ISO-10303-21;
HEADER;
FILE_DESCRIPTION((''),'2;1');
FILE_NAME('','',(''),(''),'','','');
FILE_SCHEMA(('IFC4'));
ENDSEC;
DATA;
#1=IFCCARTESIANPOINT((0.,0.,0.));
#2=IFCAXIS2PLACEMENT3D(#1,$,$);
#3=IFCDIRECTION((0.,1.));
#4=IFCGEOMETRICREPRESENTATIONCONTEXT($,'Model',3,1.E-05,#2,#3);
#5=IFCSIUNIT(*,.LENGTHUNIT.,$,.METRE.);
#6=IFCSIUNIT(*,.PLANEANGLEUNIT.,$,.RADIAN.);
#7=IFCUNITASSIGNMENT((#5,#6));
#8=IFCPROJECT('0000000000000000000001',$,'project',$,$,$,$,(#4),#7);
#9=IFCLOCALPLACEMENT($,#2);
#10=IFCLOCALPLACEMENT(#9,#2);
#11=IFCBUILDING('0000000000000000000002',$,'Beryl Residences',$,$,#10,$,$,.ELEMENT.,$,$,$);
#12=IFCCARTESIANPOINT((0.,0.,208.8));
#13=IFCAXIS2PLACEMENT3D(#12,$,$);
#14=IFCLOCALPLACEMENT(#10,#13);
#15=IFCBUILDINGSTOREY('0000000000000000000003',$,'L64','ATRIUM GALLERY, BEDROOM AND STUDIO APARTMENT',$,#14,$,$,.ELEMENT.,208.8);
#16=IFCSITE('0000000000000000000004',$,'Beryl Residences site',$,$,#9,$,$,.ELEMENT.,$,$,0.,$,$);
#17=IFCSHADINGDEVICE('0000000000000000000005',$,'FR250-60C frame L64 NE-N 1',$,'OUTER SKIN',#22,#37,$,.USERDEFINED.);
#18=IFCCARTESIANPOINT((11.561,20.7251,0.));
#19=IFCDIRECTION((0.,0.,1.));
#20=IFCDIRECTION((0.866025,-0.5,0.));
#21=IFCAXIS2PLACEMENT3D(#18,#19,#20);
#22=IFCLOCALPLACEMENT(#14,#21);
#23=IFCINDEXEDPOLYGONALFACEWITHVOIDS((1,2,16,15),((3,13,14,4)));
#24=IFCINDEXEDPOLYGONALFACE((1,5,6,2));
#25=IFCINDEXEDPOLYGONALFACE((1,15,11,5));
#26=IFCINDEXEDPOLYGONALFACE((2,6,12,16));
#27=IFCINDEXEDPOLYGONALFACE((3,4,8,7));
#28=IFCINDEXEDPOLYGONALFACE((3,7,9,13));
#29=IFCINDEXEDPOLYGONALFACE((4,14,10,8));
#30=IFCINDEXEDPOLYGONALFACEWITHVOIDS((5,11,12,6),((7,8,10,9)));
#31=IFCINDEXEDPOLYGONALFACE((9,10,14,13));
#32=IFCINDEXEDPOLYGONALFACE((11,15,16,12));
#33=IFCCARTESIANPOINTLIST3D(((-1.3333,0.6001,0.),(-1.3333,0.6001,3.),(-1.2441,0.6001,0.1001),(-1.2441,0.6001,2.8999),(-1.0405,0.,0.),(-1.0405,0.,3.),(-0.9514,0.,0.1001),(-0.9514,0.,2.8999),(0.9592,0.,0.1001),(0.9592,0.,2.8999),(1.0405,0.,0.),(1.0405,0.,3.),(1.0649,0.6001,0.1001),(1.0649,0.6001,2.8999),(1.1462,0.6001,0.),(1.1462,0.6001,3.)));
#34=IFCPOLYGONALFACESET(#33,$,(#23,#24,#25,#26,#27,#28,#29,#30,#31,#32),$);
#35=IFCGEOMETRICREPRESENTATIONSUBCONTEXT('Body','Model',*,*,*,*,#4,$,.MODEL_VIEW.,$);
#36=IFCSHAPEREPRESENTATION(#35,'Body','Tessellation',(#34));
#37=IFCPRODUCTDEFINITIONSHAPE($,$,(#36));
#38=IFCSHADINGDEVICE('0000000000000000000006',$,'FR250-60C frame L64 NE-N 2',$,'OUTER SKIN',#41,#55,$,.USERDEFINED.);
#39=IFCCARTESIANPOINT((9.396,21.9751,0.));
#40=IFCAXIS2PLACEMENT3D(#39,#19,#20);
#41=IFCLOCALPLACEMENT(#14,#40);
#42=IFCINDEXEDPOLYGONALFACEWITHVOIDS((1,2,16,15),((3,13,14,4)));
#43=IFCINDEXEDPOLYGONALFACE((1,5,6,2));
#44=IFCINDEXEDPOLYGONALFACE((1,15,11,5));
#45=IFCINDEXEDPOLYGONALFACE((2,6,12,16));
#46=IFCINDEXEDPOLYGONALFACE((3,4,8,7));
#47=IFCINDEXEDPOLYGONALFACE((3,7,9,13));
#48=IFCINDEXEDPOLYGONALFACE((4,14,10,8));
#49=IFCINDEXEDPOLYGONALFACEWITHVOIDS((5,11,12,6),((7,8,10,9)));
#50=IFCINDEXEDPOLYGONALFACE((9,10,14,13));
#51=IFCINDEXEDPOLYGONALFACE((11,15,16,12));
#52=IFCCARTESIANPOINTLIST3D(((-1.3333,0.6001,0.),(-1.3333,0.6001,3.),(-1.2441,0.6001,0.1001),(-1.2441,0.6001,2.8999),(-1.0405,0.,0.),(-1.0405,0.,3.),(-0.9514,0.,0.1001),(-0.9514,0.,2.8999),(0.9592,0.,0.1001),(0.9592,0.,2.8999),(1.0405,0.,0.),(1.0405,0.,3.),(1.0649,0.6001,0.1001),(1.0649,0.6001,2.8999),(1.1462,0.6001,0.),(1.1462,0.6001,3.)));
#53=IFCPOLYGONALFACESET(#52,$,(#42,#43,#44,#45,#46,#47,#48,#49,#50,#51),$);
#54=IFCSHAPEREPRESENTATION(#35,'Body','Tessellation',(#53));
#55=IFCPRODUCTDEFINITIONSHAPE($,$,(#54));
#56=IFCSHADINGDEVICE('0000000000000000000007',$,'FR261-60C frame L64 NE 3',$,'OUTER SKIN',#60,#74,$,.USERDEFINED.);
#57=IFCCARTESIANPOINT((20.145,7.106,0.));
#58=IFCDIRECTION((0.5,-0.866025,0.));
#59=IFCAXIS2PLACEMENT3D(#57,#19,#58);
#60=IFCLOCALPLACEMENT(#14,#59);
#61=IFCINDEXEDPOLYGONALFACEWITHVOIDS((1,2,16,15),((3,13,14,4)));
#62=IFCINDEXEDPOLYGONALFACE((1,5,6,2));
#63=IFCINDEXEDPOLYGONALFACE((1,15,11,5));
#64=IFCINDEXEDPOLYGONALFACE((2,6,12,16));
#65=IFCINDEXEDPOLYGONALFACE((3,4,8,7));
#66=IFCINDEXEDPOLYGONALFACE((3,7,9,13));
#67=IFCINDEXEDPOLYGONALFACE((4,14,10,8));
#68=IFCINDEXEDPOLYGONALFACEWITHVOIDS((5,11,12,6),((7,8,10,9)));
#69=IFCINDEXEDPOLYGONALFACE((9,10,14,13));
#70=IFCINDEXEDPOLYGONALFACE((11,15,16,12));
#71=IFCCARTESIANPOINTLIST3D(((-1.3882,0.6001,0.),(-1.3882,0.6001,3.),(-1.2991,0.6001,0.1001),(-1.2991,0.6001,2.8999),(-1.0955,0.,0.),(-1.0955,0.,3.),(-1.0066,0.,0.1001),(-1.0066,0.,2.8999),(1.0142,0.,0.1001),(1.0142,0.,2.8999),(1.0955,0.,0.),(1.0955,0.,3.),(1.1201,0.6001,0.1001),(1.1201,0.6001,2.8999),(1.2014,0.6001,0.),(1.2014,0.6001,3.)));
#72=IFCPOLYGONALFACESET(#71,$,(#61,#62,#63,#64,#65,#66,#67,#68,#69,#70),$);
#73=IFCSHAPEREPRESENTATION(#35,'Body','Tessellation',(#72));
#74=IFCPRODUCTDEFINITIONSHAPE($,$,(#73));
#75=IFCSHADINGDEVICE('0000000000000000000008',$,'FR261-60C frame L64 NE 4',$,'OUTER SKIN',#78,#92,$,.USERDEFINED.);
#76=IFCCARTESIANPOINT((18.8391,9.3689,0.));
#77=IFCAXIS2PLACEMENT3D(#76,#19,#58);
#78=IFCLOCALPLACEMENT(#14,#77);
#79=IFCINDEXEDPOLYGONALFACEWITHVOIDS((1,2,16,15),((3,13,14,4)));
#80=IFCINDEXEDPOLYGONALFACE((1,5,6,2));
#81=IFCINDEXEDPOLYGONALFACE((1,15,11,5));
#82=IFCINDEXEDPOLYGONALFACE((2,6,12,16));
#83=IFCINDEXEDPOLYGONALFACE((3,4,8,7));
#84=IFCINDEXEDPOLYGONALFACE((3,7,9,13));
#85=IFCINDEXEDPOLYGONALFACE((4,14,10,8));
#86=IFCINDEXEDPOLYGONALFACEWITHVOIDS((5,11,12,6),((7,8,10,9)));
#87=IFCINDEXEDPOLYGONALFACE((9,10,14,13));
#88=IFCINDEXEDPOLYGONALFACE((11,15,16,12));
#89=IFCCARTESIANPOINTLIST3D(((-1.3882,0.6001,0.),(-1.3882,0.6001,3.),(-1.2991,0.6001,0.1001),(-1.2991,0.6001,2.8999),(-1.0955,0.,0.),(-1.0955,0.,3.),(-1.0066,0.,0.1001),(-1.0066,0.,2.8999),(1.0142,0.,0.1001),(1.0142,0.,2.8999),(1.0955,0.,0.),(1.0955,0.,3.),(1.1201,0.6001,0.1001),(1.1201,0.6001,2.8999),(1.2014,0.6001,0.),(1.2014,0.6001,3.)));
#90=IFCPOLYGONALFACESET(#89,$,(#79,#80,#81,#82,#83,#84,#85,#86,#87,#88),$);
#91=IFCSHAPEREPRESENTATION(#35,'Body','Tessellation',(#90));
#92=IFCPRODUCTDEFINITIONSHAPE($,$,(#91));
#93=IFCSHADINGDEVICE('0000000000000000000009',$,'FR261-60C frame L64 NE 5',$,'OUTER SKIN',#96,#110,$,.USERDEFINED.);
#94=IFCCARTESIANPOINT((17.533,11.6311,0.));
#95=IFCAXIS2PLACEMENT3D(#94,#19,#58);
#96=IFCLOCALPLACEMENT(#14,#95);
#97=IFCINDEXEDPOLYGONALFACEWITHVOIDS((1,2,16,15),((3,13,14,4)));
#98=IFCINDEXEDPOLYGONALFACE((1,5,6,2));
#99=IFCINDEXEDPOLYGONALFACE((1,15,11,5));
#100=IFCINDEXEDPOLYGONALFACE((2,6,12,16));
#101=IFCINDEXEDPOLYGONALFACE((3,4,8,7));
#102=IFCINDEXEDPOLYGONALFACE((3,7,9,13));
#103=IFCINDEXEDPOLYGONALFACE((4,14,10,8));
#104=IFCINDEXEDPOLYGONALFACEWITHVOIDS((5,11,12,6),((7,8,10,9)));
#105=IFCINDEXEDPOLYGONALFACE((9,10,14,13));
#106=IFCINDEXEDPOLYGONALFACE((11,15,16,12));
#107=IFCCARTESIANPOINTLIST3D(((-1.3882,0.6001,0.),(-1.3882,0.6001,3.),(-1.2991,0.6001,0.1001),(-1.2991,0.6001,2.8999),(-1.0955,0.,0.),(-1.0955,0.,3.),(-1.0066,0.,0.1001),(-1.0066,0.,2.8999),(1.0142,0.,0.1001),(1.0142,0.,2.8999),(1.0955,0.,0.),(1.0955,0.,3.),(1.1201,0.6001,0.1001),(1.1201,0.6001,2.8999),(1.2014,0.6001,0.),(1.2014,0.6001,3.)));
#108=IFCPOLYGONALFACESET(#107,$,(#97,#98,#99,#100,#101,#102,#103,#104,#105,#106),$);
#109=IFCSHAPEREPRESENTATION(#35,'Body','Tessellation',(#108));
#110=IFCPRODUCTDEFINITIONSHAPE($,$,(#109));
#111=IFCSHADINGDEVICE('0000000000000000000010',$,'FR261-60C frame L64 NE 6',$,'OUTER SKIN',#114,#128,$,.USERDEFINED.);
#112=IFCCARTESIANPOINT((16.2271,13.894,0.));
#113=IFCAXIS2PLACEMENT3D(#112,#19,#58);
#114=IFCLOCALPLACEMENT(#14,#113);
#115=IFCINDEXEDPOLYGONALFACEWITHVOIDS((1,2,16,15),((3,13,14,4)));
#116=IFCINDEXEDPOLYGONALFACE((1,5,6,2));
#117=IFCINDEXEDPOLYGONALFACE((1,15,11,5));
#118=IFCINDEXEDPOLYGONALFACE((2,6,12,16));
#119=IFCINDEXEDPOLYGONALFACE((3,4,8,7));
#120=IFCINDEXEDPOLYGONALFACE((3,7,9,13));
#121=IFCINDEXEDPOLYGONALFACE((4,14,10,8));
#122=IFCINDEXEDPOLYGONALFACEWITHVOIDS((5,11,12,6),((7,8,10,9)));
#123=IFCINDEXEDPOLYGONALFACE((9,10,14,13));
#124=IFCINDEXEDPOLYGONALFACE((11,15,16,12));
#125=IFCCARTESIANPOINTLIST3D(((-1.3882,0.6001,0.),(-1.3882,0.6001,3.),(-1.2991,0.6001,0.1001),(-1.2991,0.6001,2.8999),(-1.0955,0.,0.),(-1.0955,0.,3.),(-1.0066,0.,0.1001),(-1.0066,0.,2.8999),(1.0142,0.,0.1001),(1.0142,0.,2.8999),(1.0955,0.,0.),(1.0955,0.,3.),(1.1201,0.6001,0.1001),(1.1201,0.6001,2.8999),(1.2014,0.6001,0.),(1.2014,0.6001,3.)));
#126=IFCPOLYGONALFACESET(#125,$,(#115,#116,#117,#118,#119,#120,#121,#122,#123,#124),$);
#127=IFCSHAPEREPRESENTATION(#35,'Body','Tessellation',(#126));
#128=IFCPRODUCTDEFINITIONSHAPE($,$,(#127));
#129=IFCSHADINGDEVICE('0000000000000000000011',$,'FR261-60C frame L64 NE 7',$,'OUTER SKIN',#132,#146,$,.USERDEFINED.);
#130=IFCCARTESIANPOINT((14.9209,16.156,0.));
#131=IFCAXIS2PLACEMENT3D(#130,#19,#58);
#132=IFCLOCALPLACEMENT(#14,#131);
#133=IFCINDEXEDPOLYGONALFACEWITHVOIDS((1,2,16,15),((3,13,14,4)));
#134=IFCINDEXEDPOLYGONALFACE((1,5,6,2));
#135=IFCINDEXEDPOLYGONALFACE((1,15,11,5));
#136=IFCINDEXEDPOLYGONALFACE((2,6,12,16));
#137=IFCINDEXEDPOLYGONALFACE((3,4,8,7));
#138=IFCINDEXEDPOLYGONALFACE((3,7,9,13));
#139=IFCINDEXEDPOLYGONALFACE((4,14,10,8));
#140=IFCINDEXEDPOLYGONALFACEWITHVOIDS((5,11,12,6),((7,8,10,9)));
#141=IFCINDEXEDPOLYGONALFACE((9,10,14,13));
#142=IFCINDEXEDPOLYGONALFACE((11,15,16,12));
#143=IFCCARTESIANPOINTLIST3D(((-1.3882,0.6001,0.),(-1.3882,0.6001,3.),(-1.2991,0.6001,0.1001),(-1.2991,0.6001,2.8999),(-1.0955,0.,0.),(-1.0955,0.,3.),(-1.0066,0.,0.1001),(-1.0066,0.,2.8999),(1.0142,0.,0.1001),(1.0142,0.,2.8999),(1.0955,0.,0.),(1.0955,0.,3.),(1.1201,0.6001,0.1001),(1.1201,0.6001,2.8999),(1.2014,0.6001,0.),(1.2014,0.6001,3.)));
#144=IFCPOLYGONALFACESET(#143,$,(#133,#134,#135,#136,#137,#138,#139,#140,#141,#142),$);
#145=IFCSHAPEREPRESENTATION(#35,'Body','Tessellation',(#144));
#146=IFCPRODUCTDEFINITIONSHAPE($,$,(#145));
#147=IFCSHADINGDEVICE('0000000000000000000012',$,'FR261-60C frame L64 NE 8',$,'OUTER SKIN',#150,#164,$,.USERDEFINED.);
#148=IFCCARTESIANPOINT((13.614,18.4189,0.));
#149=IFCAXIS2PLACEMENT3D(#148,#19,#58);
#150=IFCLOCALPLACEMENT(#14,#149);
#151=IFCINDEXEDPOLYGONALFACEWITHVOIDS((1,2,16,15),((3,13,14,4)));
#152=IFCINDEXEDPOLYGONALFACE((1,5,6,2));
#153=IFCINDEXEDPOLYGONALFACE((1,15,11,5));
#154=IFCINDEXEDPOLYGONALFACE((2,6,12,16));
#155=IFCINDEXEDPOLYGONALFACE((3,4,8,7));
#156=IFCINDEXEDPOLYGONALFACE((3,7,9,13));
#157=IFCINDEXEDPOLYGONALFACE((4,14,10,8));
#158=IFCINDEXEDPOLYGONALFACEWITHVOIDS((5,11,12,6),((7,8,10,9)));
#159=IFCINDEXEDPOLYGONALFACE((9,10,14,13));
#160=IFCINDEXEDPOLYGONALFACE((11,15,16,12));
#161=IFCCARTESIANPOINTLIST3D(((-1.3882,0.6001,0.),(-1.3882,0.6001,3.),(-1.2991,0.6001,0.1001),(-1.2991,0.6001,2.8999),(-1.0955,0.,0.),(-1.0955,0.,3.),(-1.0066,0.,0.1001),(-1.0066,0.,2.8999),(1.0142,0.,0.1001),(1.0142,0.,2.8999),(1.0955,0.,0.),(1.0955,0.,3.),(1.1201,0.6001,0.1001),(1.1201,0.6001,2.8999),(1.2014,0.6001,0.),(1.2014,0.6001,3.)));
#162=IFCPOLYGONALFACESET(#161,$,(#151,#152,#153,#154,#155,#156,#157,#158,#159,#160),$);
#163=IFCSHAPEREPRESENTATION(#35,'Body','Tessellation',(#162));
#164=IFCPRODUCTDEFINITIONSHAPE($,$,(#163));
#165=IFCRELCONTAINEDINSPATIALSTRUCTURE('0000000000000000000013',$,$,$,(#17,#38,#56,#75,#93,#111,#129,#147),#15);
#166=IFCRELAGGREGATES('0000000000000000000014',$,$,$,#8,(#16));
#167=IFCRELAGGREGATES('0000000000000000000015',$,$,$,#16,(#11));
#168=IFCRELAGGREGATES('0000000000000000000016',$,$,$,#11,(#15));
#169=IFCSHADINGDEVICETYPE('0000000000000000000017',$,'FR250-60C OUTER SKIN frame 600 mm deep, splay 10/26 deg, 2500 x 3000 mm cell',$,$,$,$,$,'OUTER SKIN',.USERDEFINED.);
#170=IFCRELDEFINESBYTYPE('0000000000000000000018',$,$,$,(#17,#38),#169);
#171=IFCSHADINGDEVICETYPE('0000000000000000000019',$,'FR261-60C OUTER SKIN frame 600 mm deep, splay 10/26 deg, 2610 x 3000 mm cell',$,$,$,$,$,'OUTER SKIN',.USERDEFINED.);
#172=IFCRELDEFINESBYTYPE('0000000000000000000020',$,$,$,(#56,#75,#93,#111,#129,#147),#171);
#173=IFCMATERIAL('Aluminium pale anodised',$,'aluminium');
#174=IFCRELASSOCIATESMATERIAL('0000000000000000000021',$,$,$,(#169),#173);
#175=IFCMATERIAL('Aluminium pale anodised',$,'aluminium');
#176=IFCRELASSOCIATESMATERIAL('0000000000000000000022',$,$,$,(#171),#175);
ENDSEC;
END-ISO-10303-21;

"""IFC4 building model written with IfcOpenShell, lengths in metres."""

from ifc_helpers import new_model, entity, si_unit, direction, frame, origin, place, context, subcontext, project, spatial, source, transform, mapped, material, type_object, type_shapes, element, save


model = new_model("IFC4")

# Units and contexts
model_context = context("Model", 3, precision=1e-05, world=origin(), true_north=direction((0.0, 1.0)))
body_context = subcontext(model_context, "Body", "Model", "MODEL_VIEW")
ifc_project = project(units=[si_unit("LENGTHUNIT", "METRE"), si_unit("PLANEANGLEUNIT", "RADIAN")], contexts=[model_context])

# Site, building, storey
site_placement = place(None, origin())
site = spatial("IfcSite", under=ifc_project, at=site_placement, Name="Beryl Residences site", CompositionType="ELEMENT", RefElevation=0.0)
building_placement = place(site_placement, origin())
building = spatial("IfcBuilding", under=site, at=building_placement, Name="Beryl Residences", CompositionType="ELEMENT")
storey_placement = place(building_placement, frame((0.0, 0.0, 208.8)))
storey = spatial("IfcBuildingStorey", under=building, at=storey_placement, Name="L64", Description="ATRIUM GALLERY, BEDROOM AND STUDIO APARTMENT", CompositionType="ELEMENT", Elevation=208.8)

# Shading devices
ifc_material_1 = material(Name="Aluminium pale anodised", Category="aluminium")
shading_device_type_1 = type_object("IfcShadingDeviceType", Name="FR250-60C OUTER SKIN frame 600 mm deep, splay 10/26 deg, 2500 x 3000 mm cell", ElementType="OUTER SKIN", PredefinedType="USERDEFINED", material=ifc_material_1)
cartesian_point_1 = entity("IfcCartesianPoint", [-1.0405, 0.0])
cartesian_point_2 = entity("IfcCartesianPoint", [-0.9592, 0.1001])
cartesian_point_3 = entity("IfcCartesianPoint", [-1.1462, 0.0])
cartesian_point_4 = entity("IfcCartesianPoint", [-1.0649, 0.1001])
shared_shape_1 = source(origin(), body_context, "Body", "SweptSolid", [
    entity("IfcExtrudedAreaSolidTapered", entity("IfcArbitraryProfileDefWithVoids", "AREA", None, entity("IfcPolyline", [cartesian_point_1, entity("IfcCartesianPoint", [1.0405, 0.0]), entity("IfcCartesianPoint", [1.0405, 3.0]), entity("IfcCartesianPoint", [-1.0405, 3.0]), cartesian_point_1]), [entity("IfcPolyline", [cartesian_point_2, entity("IfcCartesianPoint", [0.9514, 0.1001]), entity("IfcCartesianPoint", [0.9514, 2.8999]), entity("IfcCartesianPoint", [-0.9592, 2.8999]), cartesian_point_2])]), entity("IfcAxis2Placement3D", entity("IfcCartesianPoint", [0.0, 0.0, 0.0]), entity("IfcDirection", [0.0, 1.0, 0.0]), entity("IfcDirection", [-1.0, 0.0, 0.0])), entity("IfcDirection", [0.0, 0.0, 1.0]), 0.6001, entity("IfcArbitraryProfileDefWithVoids", "AREA", None, entity("IfcPolyline", [cartesian_point_3, entity("IfcCartesianPoint", [1.3333, 0.0]), entity("IfcCartesianPoint", [1.3333, 3.0]), entity("IfcCartesianPoint", [-1.1462, 3.0]), cartesian_point_3]), [entity("IfcPolyline", [cartesian_point_4, entity("IfcCartesianPoint", [1.2441, 0.1001]), entity("IfcCartesianPoint", [1.2441, 2.8999]), entity("IfcCartesianPoint", [-1.0649, 2.8999]), cartesian_point_4])])),
])
type_shapes(shading_device_type_1, [shared_shape_1])
for number, where, z_axis, x_axis, name in (
    (1, (11.561, 20.7251, 0.0), (0.0, 0.0, 1.0), (0.866025, -0.5, 0.0), "FR250-60C frame L64 NE-N 1"),
    (2, (9.396, 21.9751, 0.0), (0.0, 0.0, 1.0), (0.866025, -0.5, 0.0), "FR250-60C frame L64 NE-N 2"),
):
    element("IfcShadingDevice", number, at=place(storey_placement, frame(where, z_axis=z_axis, x_axis=x_axis)), inside=storey, type_object=shading_device_type_1, Name=name, ObjectType="OUTER SKIN", PredefinedType="USERDEFINED", context=body_context, shape_type="MappedRepresentation", body=[
        mapped(shared_shape_1, transform((0.0, 0.0, 0.0))),
    ])
ifc_material_2 = material(Name="Aluminium pale anodised", Category="aluminium")
shading_device_type_2 = type_object("IfcShadingDeviceType", Name="FR261-60C OUTER SKIN frame 600 mm deep, splay 10/26 deg, 2610 x 3000 mm cell", ElementType="OUTER SKIN", PredefinedType="USERDEFINED", material=ifc_material_2)
cartesian_point_5 = entity("IfcCartesianPoint", [-1.0955, 0.0])
cartesian_point_6 = entity("IfcCartesianPoint", [-1.0142, 0.1001])
cartesian_point_7 = entity("IfcCartesianPoint", [-1.2014, 0.0])
cartesian_point_8 = entity("IfcCartesianPoint", [-1.1201, 0.1001])
shared_shape_2 = source(origin(), body_context, "Body", "SweptSolid", [
    entity("IfcExtrudedAreaSolidTapered", entity("IfcArbitraryProfileDefWithVoids", "AREA", None, entity("IfcPolyline", [cartesian_point_5, entity("IfcCartesianPoint", [1.0955, 0.0]), entity("IfcCartesianPoint", [1.0955, 3.0]), entity("IfcCartesianPoint", [-1.0955, 3.0]), cartesian_point_5]), [entity("IfcPolyline", [cartesian_point_6, entity("IfcCartesianPoint", [1.0066, 0.1001]), entity("IfcCartesianPoint", [1.0066, 2.8999]), entity("IfcCartesianPoint", [-1.0142, 2.8999]), cartesian_point_6])]), entity("IfcAxis2Placement3D", entity("IfcCartesianPoint", [0.0, 0.0, 0.0]), entity("IfcDirection", [0.0, 1.0, 0.0]), entity("IfcDirection", [-1.0, 0.0, 0.0])), entity("IfcDirection", [0.0, 0.0, 1.0]), 0.6001, entity("IfcArbitraryProfileDefWithVoids", "AREA", None, entity("IfcPolyline", [cartesian_point_7, entity("IfcCartesianPoint", [1.3882, 0.0]), entity("IfcCartesianPoint", [1.3882, 3.0]), entity("IfcCartesianPoint", [-1.2014, 3.0]), cartesian_point_7]), [entity("IfcPolyline", [cartesian_point_8, entity("IfcCartesianPoint", [1.2991, 0.1001]), entity("IfcCartesianPoint", [1.2991, 2.8999]), entity("IfcCartesianPoint", [-1.1201, 2.8999]), cartesian_point_8])])),
])
type_shapes(shading_device_type_2, [shared_shape_2])
for number, where, z_axis, x_axis, name in (
    (3, (20.145, 7.106, 0.0), (0.0, 0.0, 1.0), (0.5, -0.866025, 0.0), "FR261-60C frame L64 NE 3"),
    (4, (18.8391, 9.3689, 0.0), (0.0, 0.0, 1.0), (0.5, -0.866025, 0.0), "FR261-60C frame L64 NE 4"),
    (5, (17.533, 11.6311, 0.0), (0.0, 0.0, 1.0), (0.5, -0.866025, 0.0), "FR261-60C frame L64 NE 5"),
    (6, (16.2271, 13.894, 0.0), (0.0, 0.0, 1.0), (0.5, -0.866025, 0.0), "FR261-60C frame L64 NE 6"),
    (7, (14.9209, 16.156, 0.0), (0.0, 0.0, 1.0), (0.5, -0.866025, 0.0), "FR261-60C frame L64 NE 7"),
    (8, (13.614, 18.4189, 0.0), (0.0, 0.0, 1.0), (0.5, -0.866025, 0.0), "FR261-60C frame L64 NE 8"),
):
    element("IfcShadingDevice", number, at=place(storey_placement, frame(where, z_axis=z_axis, x_axis=x_axis)), inside=storey, type_object=shading_device_type_2, Name=name, ObjectType="OUTER SKIN", PredefinedType="USERDEFINED", context=body_context, shape_type="MappedRepresentation", body=[
        mapped(shared_shape_2, transform((0.0, 0.0, 0.0))),
    ])

save(model, "model.ifc")
